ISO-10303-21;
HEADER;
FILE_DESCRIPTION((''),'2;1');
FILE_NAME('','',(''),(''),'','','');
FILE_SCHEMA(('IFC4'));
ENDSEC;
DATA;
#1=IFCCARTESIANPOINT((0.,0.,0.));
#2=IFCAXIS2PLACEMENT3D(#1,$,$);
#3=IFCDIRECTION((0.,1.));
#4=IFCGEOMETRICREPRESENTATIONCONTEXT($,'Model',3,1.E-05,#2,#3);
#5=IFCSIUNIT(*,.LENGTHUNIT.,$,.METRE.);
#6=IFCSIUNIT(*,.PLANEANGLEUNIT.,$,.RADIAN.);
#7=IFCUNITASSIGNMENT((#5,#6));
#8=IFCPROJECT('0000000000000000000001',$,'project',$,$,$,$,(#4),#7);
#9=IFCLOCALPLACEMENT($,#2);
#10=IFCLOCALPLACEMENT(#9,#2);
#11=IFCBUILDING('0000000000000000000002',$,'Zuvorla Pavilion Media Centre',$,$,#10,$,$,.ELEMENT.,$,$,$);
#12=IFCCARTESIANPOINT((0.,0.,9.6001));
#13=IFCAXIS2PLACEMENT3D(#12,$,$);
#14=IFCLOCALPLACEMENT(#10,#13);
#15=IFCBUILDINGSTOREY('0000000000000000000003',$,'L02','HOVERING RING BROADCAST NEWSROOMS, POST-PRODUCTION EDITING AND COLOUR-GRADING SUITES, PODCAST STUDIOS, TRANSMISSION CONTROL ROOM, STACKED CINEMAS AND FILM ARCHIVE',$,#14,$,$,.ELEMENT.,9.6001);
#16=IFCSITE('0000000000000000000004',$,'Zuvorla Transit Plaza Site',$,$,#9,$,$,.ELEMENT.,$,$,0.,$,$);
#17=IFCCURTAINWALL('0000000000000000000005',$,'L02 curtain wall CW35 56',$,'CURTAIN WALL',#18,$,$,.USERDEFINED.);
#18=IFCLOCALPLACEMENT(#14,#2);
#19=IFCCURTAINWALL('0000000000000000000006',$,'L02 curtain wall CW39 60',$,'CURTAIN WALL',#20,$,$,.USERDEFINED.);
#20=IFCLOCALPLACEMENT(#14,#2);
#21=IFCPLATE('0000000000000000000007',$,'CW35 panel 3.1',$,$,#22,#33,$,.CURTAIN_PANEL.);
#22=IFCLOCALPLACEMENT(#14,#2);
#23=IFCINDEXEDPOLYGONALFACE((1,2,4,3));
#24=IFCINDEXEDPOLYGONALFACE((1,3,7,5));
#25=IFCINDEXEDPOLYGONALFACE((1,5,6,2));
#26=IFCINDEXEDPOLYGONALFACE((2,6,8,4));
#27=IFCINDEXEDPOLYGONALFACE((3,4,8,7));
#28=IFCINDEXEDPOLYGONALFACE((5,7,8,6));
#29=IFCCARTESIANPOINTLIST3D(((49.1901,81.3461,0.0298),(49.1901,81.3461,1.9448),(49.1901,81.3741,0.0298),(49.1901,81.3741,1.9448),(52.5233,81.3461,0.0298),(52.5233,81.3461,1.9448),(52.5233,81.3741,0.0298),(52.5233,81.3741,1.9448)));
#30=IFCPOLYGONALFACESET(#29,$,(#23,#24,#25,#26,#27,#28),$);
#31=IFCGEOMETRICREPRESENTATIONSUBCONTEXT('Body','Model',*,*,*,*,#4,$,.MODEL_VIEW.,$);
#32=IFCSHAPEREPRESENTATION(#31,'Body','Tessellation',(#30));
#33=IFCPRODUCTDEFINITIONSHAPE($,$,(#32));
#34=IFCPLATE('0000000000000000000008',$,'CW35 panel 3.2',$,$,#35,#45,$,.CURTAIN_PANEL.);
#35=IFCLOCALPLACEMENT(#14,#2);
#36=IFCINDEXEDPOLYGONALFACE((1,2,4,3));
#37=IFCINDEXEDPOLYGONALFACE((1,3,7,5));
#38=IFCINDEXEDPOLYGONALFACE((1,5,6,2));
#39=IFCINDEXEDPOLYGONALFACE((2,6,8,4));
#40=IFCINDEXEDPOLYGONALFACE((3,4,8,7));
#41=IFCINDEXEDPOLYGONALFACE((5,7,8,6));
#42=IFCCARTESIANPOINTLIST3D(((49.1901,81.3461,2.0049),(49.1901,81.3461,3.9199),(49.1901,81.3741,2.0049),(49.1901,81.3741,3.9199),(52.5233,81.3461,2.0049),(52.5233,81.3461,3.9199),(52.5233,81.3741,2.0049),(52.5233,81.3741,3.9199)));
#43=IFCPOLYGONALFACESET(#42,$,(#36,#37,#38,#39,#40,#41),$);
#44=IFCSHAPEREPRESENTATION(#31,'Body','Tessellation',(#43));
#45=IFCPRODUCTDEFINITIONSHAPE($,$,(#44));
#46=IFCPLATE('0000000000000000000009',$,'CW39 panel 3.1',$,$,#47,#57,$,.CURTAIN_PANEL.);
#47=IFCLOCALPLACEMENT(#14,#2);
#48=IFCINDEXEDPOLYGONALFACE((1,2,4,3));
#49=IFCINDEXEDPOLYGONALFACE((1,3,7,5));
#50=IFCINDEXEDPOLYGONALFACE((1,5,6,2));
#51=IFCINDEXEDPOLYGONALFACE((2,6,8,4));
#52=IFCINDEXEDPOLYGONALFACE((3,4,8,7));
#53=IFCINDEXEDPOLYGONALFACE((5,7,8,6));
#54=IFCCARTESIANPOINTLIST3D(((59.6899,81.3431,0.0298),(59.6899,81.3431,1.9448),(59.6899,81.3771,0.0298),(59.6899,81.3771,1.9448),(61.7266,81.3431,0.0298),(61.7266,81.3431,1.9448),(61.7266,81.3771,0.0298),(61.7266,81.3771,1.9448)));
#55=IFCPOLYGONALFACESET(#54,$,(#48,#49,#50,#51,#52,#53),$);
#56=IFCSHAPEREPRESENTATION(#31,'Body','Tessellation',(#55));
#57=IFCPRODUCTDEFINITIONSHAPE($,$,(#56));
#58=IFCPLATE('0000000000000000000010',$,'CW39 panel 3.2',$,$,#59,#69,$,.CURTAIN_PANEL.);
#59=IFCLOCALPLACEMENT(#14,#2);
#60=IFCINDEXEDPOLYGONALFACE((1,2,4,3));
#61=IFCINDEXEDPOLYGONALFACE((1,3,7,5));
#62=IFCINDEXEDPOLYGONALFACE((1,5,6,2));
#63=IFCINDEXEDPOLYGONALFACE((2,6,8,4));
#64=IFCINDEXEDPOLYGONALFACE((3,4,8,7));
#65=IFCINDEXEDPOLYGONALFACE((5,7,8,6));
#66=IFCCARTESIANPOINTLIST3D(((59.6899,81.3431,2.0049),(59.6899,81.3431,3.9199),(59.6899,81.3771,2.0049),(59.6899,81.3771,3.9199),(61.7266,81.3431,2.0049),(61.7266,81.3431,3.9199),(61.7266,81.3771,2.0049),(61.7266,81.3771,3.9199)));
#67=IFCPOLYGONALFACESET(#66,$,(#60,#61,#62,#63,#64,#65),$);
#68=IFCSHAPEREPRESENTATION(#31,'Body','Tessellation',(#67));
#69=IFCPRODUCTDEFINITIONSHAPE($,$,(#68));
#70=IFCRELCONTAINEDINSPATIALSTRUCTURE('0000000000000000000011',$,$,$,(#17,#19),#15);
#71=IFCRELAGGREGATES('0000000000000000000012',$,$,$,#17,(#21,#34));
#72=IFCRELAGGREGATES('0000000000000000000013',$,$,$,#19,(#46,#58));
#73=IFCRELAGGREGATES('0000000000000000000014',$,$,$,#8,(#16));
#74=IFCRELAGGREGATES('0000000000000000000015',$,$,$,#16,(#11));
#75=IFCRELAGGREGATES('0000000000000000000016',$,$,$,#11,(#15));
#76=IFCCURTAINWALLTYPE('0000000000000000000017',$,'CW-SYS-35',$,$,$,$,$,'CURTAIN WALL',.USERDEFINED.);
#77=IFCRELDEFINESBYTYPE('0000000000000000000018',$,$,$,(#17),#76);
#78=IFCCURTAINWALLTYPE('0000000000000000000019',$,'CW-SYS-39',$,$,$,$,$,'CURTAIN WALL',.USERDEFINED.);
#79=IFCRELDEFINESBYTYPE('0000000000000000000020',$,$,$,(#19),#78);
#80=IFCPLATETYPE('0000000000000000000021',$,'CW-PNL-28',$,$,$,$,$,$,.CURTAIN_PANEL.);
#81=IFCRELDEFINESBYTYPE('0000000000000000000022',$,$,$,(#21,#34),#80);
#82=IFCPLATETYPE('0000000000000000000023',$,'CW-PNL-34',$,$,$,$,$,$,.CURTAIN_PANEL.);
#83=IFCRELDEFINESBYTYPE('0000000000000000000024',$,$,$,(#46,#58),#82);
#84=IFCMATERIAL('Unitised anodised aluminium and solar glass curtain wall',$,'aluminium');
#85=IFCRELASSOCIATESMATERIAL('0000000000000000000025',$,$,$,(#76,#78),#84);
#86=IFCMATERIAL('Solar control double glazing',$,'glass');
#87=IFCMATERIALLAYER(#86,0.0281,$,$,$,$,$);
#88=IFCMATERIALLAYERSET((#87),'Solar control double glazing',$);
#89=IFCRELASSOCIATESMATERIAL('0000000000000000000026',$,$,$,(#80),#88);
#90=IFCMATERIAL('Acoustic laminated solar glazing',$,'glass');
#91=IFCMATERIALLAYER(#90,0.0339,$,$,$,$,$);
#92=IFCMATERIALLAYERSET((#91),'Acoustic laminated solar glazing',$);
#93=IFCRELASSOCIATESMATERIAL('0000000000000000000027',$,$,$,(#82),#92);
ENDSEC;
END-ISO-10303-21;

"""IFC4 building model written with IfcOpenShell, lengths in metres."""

from ifc_helpers import new_model, si_unit, direction, frame, origin, origin_2d, place, context, subcontext, project, spatial, rectangle, extrude, material, layer, layer_set, type_object, element, aggregate, save


model = new_model("IFC4")

# Units and contexts
model_context = context("Model", 3, precision=1e-05, world=origin(), true_north=direction((0.0, 1.0)))
body_context = subcontext(model_context, "Body", "Model", "MODEL_VIEW")
ifc_project = project(units=[si_unit("LENGTHUNIT", "METRE"), si_unit("PLANEANGLEUNIT", "RADIAN")], contexts=[model_context])

# Site, building, storey
site_placement = place(None, origin())
site = spatial("IfcSite", under=ifc_project, at=site_placement, Name="Zuvorla Transit Plaza Site", CompositionType="ELEMENT", RefElevation=0.0)
building_placement = place(site_placement, origin())
building = spatial("IfcBuilding", under=site, at=building_placement, Name="Zuvorla Pavilion Media Centre", CompositionType="ELEMENT")
storey_placement = place(building_placement, frame((0.0, 0.0, 9.6001)))
storey = spatial("IfcBuildingStorey", under=building, at=storey_placement, Name="L02", Description="HOVERING RING BROADCAST NEWSROOMS, POST-PRODUCTION EDITING AND COLOUR-GRADING SUITES, PODCAST STUDIOS, TRANSMISSION CONTROL ROOM, STACKED CINEMAS AND FILM ARCHIVE", CompositionType="ELEMENT", Elevation=9.6001)

# Curtain wall
ifc_material_1 = material(Name="Unitised anodised aluminium and solar glass curtain wall", Category="aluminium")
curtain_wall_type_1 = type_object("IfcCurtainWallType", Name="CW-SYS-35", ElementType="CURTAIN WALL", PredefinedType="USERDEFINED", material=ifc_material_1)
curtain_wall_1_placement = place(storey_placement, origin())
curtain_wall_1 = element("IfcCurtainWall", 1, at=curtain_wall_1_placement, inside=storey, type_object=curtain_wall_type_1, Name="L02 curtain wall CW35 56", ObjectType="CURTAIN WALL", PredefinedType="USERDEFINED")

# Curtain wall
curtain_wall_type_2 = type_object("IfcCurtainWallType", Name="CW-SYS-39", ElementType="CURTAIN WALL", PredefinedType="USERDEFINED", material=ifc_material_1)
curtain_wall_2_placement = place(storey_placement, origin())
curtain_wall_2 = element("IfcCurtainWall", 2, at=curtain_wall_2_placement, inside=storey, type_object=curtain_wall_type_2, Name="L02 curtain wall CW39 60", ObjectType="CURTAIN WALL", PredefinedType="USERDEFINED")

# Plates
ifc_material_2 = material(Name="Solar control double glazing", Category="glass")
ifc_layer_1 = layer(ifc_material_2, 0.0281)
ifc_layer_set_1 = layer_set([ifc_layer_1], Name="Solar control double glazing")
plate_type_1 = type_object("IfcPlateType", Name="CW-PNL-28", PredefinedType="CURTAIN_PANEL", material=ifc_layer_set_1)
plate_1_placement = place(storey_placement, frame((50.8567, 81.3601, 0.0298), z_axis=(0.0, 0.0, 1.0), x_axis=(-1.0, 0.0, 0.0)))
plate_1 = element("IfcPlate", 3, at=plate_1_placement, type_object=plate_type_1, Name="CW35 panel 3.1", PredefinedType="CURTAIN_PANEL", context=body_context, shape_type="SweptSolid", body=[
    extrude(rectangle(XDim=3.3333, YDim=0.0281, at=origin_2d()), origin(), (0.0, 0.0, 1.0), 1.915),
])
plate_2_placement = place(storey_placement, frame((50.8567, 81.3601, 2.0049), z_axis=(0.0, 0.0, 1.0), x_axis=(-1.0, 0.0, 0.0)))
plate_2 = element("IfcPlate", 4, at=plate_2_placement, type_object=plate_type_1, Name="CW35 panel 3.2", PredefinedType="CURTAIN_PANEL", context=body_context, shape_type="SweptSolid", body=[
    extrude(rectangle(XDim=3.3333, YDim=0.0281, at=origin_2d()), origin(), (0.0, 0.0, 1.0), 1.915),
])
aggregate(curtain_wall_1, [plate_1, plate_2])
ifc_material_3 = material(Name="Acoustic laminated solar glazing", Category="glass")
ifc_layer_2 = layer(ifc_material_3, 0.0339)
ifc_layer_set_2 = layer_set([ifc_layer_2], Name="Acoustic laminated solar glazing")
plate_type_2 = type_object("IfcPlateType", Name="CW-PNL-34", PredefinedType="CURTAIN_PANEL", material=ifc_layer_set_2)
plate_3_placement = place(storey_placement, frame((60.7083, 81.3601, 0.0298), z_axis=(0.0, 0.0, 1.0), x_axis=(-1.0, 0.0, 0.0)))
plate_3 = element("IfcPlate", 5, at=plate_3_placement, type_object=plate_type_2, Name="CW39 panel 3.1", PredefinedType="CURTAIN_PANEL", context=body_context, shape_type="SweptSolid", body=[
    extrude(rectangle(XDim=2.0366, YDim=0.0339, at=origin_2d()), origin(), (0.0, 0.0, 1.0), 1.915),
])
plate_4_placement = place(storey_placement, frame((60.7083, 81.3601, 2.0049), z_axis=(0.0, 0.0, 1.0), x_axis=(-1.0, 0.0, 0.0)))
plate_4 = element("IfcPlate", 6, at=plate_4_placement, type_object=plate_type_2, Name="CW39 panel 3.2", PredefinedType="CURTAIN_PANEL", context=body_context, shape_type="SweptSolid", body=[
    extrude(rectangle(XDim=2.0366, YDim=0.0339, at=origin_2d()), origin(), (0.0, 0.0, 1.0), 1.915),
])
aggregate(curtain_wall_2, [plate_3, plate_4])

save(model, "model.ifc")
